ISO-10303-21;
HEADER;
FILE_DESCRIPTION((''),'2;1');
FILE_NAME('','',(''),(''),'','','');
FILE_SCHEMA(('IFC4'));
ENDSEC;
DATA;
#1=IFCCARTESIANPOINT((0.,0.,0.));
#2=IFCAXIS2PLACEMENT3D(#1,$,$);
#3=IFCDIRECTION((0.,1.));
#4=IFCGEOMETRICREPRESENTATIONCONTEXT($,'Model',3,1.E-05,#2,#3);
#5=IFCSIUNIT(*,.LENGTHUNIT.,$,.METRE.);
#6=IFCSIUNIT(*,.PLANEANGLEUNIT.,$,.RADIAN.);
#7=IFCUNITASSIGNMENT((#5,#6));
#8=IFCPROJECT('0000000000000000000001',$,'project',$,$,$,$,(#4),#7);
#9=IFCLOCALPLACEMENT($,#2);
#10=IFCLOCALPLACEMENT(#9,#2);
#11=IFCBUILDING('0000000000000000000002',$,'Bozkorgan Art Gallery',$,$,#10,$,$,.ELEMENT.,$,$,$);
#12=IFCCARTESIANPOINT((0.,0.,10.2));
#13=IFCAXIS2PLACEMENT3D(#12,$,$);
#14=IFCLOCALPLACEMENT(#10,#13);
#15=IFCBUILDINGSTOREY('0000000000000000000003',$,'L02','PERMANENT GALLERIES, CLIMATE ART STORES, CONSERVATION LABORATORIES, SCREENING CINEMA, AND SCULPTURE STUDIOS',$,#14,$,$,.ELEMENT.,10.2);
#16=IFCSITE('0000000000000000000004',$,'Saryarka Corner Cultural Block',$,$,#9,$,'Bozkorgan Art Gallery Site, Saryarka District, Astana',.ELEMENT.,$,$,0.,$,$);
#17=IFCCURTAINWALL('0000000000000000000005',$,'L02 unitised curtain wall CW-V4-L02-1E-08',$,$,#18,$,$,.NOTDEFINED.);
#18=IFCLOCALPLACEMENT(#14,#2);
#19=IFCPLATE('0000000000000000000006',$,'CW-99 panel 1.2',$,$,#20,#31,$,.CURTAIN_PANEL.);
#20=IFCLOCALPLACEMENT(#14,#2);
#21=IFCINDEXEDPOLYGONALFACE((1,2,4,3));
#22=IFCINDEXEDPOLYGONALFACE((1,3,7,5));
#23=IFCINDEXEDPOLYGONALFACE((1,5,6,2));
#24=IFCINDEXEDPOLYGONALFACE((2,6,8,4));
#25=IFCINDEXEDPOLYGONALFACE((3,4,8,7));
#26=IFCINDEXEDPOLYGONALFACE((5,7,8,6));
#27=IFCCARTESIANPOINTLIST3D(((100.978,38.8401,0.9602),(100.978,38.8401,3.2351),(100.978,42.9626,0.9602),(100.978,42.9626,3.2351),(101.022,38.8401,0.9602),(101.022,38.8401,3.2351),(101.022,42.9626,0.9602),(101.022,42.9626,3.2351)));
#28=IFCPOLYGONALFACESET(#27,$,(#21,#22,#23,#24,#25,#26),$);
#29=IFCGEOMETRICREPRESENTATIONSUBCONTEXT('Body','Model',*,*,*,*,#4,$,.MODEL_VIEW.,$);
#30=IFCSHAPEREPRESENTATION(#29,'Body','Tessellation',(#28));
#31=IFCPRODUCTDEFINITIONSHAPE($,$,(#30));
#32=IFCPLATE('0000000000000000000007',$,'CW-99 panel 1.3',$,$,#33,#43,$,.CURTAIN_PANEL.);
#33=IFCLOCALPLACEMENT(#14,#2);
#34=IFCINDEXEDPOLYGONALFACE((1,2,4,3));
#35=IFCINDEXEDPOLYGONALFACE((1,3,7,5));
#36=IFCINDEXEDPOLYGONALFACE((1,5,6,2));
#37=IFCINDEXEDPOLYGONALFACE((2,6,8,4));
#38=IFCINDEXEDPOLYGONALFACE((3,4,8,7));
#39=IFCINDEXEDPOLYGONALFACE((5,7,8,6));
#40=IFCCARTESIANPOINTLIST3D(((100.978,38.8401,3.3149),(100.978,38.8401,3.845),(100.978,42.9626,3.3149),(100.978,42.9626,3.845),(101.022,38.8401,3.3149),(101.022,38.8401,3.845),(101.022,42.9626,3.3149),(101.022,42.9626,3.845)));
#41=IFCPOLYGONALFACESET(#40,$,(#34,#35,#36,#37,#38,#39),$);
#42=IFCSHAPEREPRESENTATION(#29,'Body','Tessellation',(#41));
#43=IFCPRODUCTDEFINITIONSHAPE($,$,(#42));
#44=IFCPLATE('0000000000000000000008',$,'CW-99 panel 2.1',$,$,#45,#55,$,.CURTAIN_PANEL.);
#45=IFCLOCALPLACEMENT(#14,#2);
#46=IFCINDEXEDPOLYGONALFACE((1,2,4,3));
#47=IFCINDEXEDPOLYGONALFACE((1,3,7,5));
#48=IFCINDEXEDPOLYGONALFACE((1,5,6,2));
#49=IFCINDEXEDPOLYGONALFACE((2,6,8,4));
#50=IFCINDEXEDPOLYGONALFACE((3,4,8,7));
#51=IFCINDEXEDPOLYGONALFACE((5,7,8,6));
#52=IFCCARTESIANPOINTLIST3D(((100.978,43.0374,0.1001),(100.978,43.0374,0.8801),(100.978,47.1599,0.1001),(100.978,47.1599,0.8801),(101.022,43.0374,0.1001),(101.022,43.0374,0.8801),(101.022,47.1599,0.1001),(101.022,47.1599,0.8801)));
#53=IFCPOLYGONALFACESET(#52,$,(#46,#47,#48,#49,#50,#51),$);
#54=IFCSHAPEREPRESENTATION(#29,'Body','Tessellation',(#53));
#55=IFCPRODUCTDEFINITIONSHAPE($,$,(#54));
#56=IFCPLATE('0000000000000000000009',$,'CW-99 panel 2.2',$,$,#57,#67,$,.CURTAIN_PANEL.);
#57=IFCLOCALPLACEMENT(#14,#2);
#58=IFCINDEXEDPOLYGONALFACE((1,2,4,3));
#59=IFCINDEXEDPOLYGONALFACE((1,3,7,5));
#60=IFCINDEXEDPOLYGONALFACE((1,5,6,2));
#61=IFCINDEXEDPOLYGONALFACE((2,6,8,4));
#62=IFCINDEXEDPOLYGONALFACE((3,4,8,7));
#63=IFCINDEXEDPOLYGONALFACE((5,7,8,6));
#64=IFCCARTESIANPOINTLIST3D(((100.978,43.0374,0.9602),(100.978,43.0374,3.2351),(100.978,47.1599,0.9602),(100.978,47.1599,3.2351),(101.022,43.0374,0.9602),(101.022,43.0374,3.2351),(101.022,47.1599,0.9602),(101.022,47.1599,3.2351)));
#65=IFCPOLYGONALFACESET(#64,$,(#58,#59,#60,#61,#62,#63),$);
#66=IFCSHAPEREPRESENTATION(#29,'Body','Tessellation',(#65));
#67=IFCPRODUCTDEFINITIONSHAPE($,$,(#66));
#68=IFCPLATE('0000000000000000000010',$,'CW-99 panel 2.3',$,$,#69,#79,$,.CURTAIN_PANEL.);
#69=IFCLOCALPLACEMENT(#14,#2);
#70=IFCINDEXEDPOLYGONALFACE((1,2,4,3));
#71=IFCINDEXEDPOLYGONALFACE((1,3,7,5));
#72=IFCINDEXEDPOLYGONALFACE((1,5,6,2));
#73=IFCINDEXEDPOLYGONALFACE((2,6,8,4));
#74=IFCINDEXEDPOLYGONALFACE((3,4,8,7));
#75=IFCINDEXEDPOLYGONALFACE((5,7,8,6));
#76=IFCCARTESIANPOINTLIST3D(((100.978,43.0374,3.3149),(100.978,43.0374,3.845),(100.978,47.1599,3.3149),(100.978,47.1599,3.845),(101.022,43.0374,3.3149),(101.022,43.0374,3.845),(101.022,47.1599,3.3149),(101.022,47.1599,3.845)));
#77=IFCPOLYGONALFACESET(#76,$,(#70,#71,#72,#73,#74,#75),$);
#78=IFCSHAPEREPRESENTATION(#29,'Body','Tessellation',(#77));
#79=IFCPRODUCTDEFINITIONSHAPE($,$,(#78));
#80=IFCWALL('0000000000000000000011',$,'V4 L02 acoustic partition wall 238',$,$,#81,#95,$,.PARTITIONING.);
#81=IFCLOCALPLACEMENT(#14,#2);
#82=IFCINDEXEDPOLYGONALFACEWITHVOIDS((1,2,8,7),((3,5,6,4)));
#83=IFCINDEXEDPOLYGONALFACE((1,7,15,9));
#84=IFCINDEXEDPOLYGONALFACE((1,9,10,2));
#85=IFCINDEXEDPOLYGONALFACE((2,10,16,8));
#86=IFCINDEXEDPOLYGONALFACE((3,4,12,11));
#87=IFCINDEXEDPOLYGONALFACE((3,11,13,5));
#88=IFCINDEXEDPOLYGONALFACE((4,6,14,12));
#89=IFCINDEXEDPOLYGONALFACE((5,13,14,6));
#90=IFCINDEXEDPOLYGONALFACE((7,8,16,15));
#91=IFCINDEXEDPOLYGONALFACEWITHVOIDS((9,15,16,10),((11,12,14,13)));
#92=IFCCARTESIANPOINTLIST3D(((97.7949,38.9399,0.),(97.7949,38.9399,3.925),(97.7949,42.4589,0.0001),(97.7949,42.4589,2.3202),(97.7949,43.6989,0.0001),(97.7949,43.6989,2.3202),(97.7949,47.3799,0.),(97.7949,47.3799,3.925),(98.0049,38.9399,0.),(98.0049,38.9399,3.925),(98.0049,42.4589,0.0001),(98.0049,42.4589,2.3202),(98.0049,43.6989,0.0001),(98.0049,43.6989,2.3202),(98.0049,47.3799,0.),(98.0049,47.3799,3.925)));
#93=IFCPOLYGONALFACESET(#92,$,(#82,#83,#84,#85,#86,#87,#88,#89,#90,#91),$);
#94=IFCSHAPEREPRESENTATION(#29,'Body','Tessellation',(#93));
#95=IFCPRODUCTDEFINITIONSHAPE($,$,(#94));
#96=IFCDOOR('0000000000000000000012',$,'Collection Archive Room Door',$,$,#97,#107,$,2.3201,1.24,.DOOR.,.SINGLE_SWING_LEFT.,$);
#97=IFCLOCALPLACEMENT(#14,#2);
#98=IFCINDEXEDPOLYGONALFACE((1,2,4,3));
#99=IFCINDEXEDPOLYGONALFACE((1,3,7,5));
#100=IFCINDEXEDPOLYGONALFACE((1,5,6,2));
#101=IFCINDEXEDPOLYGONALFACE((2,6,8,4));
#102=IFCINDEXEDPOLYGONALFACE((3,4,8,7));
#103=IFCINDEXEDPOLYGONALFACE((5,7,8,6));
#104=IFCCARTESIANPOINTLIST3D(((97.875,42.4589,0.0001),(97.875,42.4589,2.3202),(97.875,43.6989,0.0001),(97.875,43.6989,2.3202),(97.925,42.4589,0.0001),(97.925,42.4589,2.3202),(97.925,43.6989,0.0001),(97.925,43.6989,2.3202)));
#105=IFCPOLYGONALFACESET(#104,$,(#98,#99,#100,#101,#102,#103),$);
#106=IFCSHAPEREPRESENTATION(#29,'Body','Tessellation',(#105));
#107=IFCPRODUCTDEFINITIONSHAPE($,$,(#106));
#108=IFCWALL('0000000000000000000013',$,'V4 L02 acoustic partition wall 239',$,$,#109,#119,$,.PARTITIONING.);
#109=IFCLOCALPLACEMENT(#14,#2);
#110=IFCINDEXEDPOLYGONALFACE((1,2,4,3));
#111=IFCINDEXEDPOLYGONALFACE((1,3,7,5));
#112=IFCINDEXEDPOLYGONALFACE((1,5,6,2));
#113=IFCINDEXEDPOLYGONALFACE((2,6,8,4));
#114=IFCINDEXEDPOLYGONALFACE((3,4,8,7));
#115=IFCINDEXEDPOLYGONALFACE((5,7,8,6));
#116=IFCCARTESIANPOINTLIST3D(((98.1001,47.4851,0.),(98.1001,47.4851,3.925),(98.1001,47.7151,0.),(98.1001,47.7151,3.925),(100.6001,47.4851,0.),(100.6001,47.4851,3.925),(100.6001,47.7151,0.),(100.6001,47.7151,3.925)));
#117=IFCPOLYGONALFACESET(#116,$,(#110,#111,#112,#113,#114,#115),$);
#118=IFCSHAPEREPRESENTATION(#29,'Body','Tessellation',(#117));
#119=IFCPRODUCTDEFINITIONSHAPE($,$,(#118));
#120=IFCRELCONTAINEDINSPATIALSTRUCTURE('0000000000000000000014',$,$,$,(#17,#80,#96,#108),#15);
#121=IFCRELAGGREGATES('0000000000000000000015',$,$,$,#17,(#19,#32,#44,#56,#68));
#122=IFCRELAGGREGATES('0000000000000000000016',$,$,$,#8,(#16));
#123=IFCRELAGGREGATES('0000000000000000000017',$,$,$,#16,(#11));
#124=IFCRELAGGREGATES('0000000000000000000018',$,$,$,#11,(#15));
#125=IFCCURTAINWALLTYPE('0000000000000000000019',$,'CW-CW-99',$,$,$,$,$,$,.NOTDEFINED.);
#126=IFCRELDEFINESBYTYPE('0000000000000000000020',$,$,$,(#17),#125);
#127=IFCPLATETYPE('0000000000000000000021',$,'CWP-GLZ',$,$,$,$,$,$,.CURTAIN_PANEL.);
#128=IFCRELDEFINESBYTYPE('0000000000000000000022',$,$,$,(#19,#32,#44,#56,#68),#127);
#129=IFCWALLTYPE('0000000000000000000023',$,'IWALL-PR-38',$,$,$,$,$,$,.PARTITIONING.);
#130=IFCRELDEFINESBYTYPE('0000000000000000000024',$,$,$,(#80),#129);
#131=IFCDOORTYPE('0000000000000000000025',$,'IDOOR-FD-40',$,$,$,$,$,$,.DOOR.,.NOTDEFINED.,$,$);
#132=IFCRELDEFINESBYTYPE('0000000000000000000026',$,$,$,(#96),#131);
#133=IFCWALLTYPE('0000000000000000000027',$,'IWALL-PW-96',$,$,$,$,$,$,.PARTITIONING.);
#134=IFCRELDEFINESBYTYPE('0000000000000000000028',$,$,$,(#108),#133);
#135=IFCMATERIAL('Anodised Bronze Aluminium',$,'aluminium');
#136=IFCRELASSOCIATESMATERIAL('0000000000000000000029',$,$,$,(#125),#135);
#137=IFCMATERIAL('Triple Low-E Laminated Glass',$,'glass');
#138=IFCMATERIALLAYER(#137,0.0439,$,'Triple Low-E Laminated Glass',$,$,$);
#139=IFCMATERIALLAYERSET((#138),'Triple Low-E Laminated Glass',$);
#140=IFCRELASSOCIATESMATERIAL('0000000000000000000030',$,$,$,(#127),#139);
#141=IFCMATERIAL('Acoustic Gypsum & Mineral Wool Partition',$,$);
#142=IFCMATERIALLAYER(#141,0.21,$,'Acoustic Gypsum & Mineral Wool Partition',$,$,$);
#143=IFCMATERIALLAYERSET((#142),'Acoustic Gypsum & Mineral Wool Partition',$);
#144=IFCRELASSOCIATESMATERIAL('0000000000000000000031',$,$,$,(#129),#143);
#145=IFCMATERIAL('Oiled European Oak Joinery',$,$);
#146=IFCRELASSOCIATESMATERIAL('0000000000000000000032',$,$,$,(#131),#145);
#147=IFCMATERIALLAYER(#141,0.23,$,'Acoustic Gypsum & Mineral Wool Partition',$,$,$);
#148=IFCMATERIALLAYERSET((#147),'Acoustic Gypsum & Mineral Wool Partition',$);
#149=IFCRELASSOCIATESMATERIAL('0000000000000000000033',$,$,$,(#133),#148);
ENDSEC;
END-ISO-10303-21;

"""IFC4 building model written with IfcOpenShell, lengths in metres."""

from ifc_helpers import new_model, si_unit, direction, frame, frame_2d, origin, origin_2d, place, context, subcontext, project, spatial, rectangle, extrude, material, layer, layer_set, type_object, element, fill, aggregate, save


model = new_model("IFC4")

# Units and contexts
model_context = context("Model", 3, precision=1e-05, world=origin(), true_north=direction((0.0, 1.0)))
body_context = subcontext(model_context, "Body", "Model", "MODEL_VIEW")
ifc_project = project(units=[si_unit("LENGTHUNIT", "METRE"), si_unit("PLANEANGLEUNIT", "RADIAN")], contexts=[model_context])

# Site, building, storey
site_placement = place(None, origin())
site = spatial("IfcSite", under=ifc_project, at=site_placement, Name="Saryarka Corner Cultural Block", LongName="Bozkorgan Art Gallery Site, Saryarka District, Astana", CompositionType="ELEMENT", RefElevation=0.0)
building_placement = place(site_placement, origin())
building = spatial("IfcBuilding", under=site, at=building_placement, Name="Bozkorgan Art Gallery", CompositionType="ELEMENT")
storey_placement = place(building_placement, frame((0.0, 0.0, 10.2)))
storey = spatial("IfcBuildingStorey", under=building, at=storey_placement, Name="L02", Description="PERMANENT GALLERIES, CLIMATE ART STORES, CONSERVATION LABORATORIES, SCREENING CINEMA, AND SCULPTURE STUDIOS", CompositionType="ELEMENT", Elevation=10.2)

# Shared definitions
ifc_material_1 = material(Name="Anodised Bronze Aluminium", Category="aluminium")

# Curtain wall
curtain_wall_type_1 = type_object("IfcCurtainWallType", Name="CW-CW-99", PredefinedType="NOTDEFINED", material=ifc_material_1)
curtain_wall_1_placement = place(storey_placement, origin())
curtain_wall_1 = element("IfcCurtainWall", 1, at=curtain_wall_1_placement, inside=storey, type_object=curtain_wall_type_1, Name="L02 unitised curtain wall CW-V4-L02-1E-08", PredefinedType="NOTDEFINED")

# Plates
ifc_material_2 = material(Name="Triple Low-E Laminated Glass", Category="glass")
ifc_layer_1 = layer(ifc_material_2, 0.0439, Name="Triple Low-E Laminated Glass")
ifc_layer_set_1 = layer_set([ifc_layer_1], Name="Triple Low-E Laminated Glass")
plate_type = type_object("IfcPlateType", Name="CWP-GLZ", PredefinedType="CURTAIN_PANEL", material=ifc_layer_set_1)
plate_1_placement = place(storey_placement, frame((101.0, 40.9014, 0.9602), z_axis=(0.0, 0.0, 1.0), x_axis=(0.0, 1.0, 0.0)))
plate_1 = element("IfcPlate", 2, at=plate_1_placement, type_object=plate_type, Name="CW-99 panel 1.2", PredefinedType="CURTAIN_PANEL", context=body_context, shape_type="SweptSolid", body=[
    extrude(rectangle(XDim=4.1226, YDim=0.0439, at=origin_2d()), origin(), (0.0, 0.0, 1.0), 2.2749),
])
plate_2_placement = place(storey_placement, frame((101.0, 40.9014, 3.3149), z_axis=(0.0, 0.0, 1.0), x_axis=(0.0, 1.0, 0.0)))
plate_2 = element("IfcPlate", 3, at=plate_2_placement, type_object=plate_type, Name="CW-99 panel 1.3", PredefinedType="CURTAIN_PANEL", context=body_context, shape_type="SweptSolid", body=[
    extrude(rectangle(XDim=4.1226, YDim=0.0439, at=origin_2d()), origin(), (0.0, 0.0, 1.0), 0.53),
])
plate_3_placement = place(storey_placement, frame((101.0, 45.0986, 0.1001), z_axis=(0.0, 0.0, 1.0), x_axis=(0.0, 1.0, 0.0)))
plate_3 = element("IfcPlate", 4, at=plate_3_placement, type_object=plate_type, Name="CW-99 panel 2.1", PredefinedType="CURTAIN_PANEL", context=body_context, shape_type="SweptSolid", body=[
    extrude(rectangle(XDim=4.1226, YDim=0.0439, at=origin_2d()), origin(), (0.0, 0.0, 1.0), 0.78),
])
plate_4_placement = place(storey_placement, frame((101.0, 45.0986, 0.9602), z_axis=(0.0, 0.0, 1.0), x_axis=(0.0, 1.0, 0.0)))
plate_4 = element("IfcPlate", 5, at=plate_4_placement, type_object=plate_type, Name="CW-99 panel 2.2", PredefinedType="CURTAIN_PANEL", context=body_context, shape_type="SweptSolid", body=[
    extrude(rectangle(XDim=4.1226, YDim=0.0439, at=origin_2d()), origin(), (0.0, 0.0, 1.0), 2.2749),
])
plate_5_placement = place(storey_placement, frame((101.0, 45.0986, 3.3149), z_axis=(0.0, 0.0, 1.0), x_axis=(0.0, 1.0, 0.0)))
plate_5 = element("IfcPlate", 6, at=plate_5_placement, type_object=plate_type, Name="CW-99 panel 2.3", PredefinedType="CURTAIN_PANEL", context=body_context, shape_type="SweptSolid", body=[
    extrude(rectangle(XDim=4.1226, YDim=0.0439, at=origin_2d()), origin(), (0.0, 0.0, 1.0), 0.53),
])
aggregate(curtain_wall_1, [plate_1, plate_2, plate_3, plate_4, plate_5])

# Wall, opening, door
ifc_material_3 = material(Name="Acoustic Gypsum & Mineral Wool Partition")
ifc_layer_2 = layer(ifc_material_3, 0.21, Name="Acoustic Gypsum & Mineral Wool Partition")
ifc_layer_set_2 = layer_set([ifc_layer_2], Name="Acoustic Gypsum & Mineral Wool Partition")
wall_type_1 = type_object("IfcWallType", Name="IWALL-PR-38", PredefinedType="PARTITIONING", material=ifc_layer_set_2)
wall_1_placement = place(storey_placement, frame((97.8999, 38.9399, 0.0), z_axis=(0.0, 0.0, 1.0), x_axis=(0.0, 1.0, 0.0)))
wall_1 = element("IfcWall", 7, at=wall_1_placement, inside=storey, type_object=wall_type_1, Name="V4 L02 acoustic partition wall 238", PredefinedType="PARTITIONING", context=body_context, shape_type="SweptSolid", body=[
    extrude(rectangle(XDim=8.4399, YDim=0.21, at=frame_2d((4.22, 0.0))), origin(), (0.0, 0.0, 1.0), 3.925),
])
opening_placement = place(wall_1_placement, frame((3.5188, 0.0, 0.0)))
opening = element("IfcOpeningElement", 8, at=opening_placement, cuts=wall_1, PredefinedType="OPENING", context=body_context, shape_type="SweptSolid", body=[
    extrude(rectangle(XDim=1.24, YDim=2.3201, at=frame_2d((0.6201, 1.1602))), frame((0.0, 0.115, 0.0), z_axis=(0.0, -1.0, 0.0), x_axis=(1.0, 0.0, 0.0)), (0.0, 0.0, 1.0), 0.23),
])
ifc_material_4 = material(Name="Oiled European Oak Joinery")
door_type = type_object("IfcDoorType", Name="IDOOR-FD-40", OperationType="NOTDEFINED", PredefinedType="DOOR", material=ifc_material_4)
door_placement = place(opening_placement, origin())
door = element("IfcDoor", 9, at=door_placement, inside=storey, type_object=door_type, Name="Collection Archive Room Door", OperationType="SINGLE_SWING_LEFT", OverallHeight=2.3201, OverallWidth=1.24, PredefinedType="DOOR", context=body_context, shape_type="SweptSolid", body=[
    extrude(rectangle(XDim=1.24, YDim=2.3201, at=frame_2d((0.6201, 1.1602))), frame((0.0, 0.0249, 0.0), z_axis=(0.0, -1.0, 0.0), x_axis=(1.0, 0.0, 0.0)), (0.0, 0.0, 1.0), 0.05),
])
fill(opening, door)

# Wall
ifc_layer_3 = layer(ifc_material_3, 0.23, Name="Acoustic Gypsum & Mineral Wool Partition")
ifc_layer_set_3 = layer_set([ifc_layer_3], Name="Acoustic Gypsum & Mineral Wool Partition")
wall_type_2 = type_object("IfcWallType", Name="IWALL-PW-96", PredefinedType="PARTITIONING", material=ifc_layer_set_3)
wall_2_placement = place(storey_placement, frame((98.1001, 47.6001, 0.0), z_axis=(0.0, 0.0, 1.0), x_axis=(1.0, 0.0, 0.0)))
element("IfcWall", 10, at=wall_2_placement, inside=storey, type_object=wall_type_2, Name="V4 L02 acoustic partition wall 239", PredefinedType="PARTITIONING", context=body_context, shape_type="SweptSolid", body=[
    extrude(rectangle(XDim=2.5, YDim=0.23, at=frame_2d((1.25, 0.0))), origin(), (0.0, 0.0, 1.0), 3.925),
])

save(model, "model.ifc")
